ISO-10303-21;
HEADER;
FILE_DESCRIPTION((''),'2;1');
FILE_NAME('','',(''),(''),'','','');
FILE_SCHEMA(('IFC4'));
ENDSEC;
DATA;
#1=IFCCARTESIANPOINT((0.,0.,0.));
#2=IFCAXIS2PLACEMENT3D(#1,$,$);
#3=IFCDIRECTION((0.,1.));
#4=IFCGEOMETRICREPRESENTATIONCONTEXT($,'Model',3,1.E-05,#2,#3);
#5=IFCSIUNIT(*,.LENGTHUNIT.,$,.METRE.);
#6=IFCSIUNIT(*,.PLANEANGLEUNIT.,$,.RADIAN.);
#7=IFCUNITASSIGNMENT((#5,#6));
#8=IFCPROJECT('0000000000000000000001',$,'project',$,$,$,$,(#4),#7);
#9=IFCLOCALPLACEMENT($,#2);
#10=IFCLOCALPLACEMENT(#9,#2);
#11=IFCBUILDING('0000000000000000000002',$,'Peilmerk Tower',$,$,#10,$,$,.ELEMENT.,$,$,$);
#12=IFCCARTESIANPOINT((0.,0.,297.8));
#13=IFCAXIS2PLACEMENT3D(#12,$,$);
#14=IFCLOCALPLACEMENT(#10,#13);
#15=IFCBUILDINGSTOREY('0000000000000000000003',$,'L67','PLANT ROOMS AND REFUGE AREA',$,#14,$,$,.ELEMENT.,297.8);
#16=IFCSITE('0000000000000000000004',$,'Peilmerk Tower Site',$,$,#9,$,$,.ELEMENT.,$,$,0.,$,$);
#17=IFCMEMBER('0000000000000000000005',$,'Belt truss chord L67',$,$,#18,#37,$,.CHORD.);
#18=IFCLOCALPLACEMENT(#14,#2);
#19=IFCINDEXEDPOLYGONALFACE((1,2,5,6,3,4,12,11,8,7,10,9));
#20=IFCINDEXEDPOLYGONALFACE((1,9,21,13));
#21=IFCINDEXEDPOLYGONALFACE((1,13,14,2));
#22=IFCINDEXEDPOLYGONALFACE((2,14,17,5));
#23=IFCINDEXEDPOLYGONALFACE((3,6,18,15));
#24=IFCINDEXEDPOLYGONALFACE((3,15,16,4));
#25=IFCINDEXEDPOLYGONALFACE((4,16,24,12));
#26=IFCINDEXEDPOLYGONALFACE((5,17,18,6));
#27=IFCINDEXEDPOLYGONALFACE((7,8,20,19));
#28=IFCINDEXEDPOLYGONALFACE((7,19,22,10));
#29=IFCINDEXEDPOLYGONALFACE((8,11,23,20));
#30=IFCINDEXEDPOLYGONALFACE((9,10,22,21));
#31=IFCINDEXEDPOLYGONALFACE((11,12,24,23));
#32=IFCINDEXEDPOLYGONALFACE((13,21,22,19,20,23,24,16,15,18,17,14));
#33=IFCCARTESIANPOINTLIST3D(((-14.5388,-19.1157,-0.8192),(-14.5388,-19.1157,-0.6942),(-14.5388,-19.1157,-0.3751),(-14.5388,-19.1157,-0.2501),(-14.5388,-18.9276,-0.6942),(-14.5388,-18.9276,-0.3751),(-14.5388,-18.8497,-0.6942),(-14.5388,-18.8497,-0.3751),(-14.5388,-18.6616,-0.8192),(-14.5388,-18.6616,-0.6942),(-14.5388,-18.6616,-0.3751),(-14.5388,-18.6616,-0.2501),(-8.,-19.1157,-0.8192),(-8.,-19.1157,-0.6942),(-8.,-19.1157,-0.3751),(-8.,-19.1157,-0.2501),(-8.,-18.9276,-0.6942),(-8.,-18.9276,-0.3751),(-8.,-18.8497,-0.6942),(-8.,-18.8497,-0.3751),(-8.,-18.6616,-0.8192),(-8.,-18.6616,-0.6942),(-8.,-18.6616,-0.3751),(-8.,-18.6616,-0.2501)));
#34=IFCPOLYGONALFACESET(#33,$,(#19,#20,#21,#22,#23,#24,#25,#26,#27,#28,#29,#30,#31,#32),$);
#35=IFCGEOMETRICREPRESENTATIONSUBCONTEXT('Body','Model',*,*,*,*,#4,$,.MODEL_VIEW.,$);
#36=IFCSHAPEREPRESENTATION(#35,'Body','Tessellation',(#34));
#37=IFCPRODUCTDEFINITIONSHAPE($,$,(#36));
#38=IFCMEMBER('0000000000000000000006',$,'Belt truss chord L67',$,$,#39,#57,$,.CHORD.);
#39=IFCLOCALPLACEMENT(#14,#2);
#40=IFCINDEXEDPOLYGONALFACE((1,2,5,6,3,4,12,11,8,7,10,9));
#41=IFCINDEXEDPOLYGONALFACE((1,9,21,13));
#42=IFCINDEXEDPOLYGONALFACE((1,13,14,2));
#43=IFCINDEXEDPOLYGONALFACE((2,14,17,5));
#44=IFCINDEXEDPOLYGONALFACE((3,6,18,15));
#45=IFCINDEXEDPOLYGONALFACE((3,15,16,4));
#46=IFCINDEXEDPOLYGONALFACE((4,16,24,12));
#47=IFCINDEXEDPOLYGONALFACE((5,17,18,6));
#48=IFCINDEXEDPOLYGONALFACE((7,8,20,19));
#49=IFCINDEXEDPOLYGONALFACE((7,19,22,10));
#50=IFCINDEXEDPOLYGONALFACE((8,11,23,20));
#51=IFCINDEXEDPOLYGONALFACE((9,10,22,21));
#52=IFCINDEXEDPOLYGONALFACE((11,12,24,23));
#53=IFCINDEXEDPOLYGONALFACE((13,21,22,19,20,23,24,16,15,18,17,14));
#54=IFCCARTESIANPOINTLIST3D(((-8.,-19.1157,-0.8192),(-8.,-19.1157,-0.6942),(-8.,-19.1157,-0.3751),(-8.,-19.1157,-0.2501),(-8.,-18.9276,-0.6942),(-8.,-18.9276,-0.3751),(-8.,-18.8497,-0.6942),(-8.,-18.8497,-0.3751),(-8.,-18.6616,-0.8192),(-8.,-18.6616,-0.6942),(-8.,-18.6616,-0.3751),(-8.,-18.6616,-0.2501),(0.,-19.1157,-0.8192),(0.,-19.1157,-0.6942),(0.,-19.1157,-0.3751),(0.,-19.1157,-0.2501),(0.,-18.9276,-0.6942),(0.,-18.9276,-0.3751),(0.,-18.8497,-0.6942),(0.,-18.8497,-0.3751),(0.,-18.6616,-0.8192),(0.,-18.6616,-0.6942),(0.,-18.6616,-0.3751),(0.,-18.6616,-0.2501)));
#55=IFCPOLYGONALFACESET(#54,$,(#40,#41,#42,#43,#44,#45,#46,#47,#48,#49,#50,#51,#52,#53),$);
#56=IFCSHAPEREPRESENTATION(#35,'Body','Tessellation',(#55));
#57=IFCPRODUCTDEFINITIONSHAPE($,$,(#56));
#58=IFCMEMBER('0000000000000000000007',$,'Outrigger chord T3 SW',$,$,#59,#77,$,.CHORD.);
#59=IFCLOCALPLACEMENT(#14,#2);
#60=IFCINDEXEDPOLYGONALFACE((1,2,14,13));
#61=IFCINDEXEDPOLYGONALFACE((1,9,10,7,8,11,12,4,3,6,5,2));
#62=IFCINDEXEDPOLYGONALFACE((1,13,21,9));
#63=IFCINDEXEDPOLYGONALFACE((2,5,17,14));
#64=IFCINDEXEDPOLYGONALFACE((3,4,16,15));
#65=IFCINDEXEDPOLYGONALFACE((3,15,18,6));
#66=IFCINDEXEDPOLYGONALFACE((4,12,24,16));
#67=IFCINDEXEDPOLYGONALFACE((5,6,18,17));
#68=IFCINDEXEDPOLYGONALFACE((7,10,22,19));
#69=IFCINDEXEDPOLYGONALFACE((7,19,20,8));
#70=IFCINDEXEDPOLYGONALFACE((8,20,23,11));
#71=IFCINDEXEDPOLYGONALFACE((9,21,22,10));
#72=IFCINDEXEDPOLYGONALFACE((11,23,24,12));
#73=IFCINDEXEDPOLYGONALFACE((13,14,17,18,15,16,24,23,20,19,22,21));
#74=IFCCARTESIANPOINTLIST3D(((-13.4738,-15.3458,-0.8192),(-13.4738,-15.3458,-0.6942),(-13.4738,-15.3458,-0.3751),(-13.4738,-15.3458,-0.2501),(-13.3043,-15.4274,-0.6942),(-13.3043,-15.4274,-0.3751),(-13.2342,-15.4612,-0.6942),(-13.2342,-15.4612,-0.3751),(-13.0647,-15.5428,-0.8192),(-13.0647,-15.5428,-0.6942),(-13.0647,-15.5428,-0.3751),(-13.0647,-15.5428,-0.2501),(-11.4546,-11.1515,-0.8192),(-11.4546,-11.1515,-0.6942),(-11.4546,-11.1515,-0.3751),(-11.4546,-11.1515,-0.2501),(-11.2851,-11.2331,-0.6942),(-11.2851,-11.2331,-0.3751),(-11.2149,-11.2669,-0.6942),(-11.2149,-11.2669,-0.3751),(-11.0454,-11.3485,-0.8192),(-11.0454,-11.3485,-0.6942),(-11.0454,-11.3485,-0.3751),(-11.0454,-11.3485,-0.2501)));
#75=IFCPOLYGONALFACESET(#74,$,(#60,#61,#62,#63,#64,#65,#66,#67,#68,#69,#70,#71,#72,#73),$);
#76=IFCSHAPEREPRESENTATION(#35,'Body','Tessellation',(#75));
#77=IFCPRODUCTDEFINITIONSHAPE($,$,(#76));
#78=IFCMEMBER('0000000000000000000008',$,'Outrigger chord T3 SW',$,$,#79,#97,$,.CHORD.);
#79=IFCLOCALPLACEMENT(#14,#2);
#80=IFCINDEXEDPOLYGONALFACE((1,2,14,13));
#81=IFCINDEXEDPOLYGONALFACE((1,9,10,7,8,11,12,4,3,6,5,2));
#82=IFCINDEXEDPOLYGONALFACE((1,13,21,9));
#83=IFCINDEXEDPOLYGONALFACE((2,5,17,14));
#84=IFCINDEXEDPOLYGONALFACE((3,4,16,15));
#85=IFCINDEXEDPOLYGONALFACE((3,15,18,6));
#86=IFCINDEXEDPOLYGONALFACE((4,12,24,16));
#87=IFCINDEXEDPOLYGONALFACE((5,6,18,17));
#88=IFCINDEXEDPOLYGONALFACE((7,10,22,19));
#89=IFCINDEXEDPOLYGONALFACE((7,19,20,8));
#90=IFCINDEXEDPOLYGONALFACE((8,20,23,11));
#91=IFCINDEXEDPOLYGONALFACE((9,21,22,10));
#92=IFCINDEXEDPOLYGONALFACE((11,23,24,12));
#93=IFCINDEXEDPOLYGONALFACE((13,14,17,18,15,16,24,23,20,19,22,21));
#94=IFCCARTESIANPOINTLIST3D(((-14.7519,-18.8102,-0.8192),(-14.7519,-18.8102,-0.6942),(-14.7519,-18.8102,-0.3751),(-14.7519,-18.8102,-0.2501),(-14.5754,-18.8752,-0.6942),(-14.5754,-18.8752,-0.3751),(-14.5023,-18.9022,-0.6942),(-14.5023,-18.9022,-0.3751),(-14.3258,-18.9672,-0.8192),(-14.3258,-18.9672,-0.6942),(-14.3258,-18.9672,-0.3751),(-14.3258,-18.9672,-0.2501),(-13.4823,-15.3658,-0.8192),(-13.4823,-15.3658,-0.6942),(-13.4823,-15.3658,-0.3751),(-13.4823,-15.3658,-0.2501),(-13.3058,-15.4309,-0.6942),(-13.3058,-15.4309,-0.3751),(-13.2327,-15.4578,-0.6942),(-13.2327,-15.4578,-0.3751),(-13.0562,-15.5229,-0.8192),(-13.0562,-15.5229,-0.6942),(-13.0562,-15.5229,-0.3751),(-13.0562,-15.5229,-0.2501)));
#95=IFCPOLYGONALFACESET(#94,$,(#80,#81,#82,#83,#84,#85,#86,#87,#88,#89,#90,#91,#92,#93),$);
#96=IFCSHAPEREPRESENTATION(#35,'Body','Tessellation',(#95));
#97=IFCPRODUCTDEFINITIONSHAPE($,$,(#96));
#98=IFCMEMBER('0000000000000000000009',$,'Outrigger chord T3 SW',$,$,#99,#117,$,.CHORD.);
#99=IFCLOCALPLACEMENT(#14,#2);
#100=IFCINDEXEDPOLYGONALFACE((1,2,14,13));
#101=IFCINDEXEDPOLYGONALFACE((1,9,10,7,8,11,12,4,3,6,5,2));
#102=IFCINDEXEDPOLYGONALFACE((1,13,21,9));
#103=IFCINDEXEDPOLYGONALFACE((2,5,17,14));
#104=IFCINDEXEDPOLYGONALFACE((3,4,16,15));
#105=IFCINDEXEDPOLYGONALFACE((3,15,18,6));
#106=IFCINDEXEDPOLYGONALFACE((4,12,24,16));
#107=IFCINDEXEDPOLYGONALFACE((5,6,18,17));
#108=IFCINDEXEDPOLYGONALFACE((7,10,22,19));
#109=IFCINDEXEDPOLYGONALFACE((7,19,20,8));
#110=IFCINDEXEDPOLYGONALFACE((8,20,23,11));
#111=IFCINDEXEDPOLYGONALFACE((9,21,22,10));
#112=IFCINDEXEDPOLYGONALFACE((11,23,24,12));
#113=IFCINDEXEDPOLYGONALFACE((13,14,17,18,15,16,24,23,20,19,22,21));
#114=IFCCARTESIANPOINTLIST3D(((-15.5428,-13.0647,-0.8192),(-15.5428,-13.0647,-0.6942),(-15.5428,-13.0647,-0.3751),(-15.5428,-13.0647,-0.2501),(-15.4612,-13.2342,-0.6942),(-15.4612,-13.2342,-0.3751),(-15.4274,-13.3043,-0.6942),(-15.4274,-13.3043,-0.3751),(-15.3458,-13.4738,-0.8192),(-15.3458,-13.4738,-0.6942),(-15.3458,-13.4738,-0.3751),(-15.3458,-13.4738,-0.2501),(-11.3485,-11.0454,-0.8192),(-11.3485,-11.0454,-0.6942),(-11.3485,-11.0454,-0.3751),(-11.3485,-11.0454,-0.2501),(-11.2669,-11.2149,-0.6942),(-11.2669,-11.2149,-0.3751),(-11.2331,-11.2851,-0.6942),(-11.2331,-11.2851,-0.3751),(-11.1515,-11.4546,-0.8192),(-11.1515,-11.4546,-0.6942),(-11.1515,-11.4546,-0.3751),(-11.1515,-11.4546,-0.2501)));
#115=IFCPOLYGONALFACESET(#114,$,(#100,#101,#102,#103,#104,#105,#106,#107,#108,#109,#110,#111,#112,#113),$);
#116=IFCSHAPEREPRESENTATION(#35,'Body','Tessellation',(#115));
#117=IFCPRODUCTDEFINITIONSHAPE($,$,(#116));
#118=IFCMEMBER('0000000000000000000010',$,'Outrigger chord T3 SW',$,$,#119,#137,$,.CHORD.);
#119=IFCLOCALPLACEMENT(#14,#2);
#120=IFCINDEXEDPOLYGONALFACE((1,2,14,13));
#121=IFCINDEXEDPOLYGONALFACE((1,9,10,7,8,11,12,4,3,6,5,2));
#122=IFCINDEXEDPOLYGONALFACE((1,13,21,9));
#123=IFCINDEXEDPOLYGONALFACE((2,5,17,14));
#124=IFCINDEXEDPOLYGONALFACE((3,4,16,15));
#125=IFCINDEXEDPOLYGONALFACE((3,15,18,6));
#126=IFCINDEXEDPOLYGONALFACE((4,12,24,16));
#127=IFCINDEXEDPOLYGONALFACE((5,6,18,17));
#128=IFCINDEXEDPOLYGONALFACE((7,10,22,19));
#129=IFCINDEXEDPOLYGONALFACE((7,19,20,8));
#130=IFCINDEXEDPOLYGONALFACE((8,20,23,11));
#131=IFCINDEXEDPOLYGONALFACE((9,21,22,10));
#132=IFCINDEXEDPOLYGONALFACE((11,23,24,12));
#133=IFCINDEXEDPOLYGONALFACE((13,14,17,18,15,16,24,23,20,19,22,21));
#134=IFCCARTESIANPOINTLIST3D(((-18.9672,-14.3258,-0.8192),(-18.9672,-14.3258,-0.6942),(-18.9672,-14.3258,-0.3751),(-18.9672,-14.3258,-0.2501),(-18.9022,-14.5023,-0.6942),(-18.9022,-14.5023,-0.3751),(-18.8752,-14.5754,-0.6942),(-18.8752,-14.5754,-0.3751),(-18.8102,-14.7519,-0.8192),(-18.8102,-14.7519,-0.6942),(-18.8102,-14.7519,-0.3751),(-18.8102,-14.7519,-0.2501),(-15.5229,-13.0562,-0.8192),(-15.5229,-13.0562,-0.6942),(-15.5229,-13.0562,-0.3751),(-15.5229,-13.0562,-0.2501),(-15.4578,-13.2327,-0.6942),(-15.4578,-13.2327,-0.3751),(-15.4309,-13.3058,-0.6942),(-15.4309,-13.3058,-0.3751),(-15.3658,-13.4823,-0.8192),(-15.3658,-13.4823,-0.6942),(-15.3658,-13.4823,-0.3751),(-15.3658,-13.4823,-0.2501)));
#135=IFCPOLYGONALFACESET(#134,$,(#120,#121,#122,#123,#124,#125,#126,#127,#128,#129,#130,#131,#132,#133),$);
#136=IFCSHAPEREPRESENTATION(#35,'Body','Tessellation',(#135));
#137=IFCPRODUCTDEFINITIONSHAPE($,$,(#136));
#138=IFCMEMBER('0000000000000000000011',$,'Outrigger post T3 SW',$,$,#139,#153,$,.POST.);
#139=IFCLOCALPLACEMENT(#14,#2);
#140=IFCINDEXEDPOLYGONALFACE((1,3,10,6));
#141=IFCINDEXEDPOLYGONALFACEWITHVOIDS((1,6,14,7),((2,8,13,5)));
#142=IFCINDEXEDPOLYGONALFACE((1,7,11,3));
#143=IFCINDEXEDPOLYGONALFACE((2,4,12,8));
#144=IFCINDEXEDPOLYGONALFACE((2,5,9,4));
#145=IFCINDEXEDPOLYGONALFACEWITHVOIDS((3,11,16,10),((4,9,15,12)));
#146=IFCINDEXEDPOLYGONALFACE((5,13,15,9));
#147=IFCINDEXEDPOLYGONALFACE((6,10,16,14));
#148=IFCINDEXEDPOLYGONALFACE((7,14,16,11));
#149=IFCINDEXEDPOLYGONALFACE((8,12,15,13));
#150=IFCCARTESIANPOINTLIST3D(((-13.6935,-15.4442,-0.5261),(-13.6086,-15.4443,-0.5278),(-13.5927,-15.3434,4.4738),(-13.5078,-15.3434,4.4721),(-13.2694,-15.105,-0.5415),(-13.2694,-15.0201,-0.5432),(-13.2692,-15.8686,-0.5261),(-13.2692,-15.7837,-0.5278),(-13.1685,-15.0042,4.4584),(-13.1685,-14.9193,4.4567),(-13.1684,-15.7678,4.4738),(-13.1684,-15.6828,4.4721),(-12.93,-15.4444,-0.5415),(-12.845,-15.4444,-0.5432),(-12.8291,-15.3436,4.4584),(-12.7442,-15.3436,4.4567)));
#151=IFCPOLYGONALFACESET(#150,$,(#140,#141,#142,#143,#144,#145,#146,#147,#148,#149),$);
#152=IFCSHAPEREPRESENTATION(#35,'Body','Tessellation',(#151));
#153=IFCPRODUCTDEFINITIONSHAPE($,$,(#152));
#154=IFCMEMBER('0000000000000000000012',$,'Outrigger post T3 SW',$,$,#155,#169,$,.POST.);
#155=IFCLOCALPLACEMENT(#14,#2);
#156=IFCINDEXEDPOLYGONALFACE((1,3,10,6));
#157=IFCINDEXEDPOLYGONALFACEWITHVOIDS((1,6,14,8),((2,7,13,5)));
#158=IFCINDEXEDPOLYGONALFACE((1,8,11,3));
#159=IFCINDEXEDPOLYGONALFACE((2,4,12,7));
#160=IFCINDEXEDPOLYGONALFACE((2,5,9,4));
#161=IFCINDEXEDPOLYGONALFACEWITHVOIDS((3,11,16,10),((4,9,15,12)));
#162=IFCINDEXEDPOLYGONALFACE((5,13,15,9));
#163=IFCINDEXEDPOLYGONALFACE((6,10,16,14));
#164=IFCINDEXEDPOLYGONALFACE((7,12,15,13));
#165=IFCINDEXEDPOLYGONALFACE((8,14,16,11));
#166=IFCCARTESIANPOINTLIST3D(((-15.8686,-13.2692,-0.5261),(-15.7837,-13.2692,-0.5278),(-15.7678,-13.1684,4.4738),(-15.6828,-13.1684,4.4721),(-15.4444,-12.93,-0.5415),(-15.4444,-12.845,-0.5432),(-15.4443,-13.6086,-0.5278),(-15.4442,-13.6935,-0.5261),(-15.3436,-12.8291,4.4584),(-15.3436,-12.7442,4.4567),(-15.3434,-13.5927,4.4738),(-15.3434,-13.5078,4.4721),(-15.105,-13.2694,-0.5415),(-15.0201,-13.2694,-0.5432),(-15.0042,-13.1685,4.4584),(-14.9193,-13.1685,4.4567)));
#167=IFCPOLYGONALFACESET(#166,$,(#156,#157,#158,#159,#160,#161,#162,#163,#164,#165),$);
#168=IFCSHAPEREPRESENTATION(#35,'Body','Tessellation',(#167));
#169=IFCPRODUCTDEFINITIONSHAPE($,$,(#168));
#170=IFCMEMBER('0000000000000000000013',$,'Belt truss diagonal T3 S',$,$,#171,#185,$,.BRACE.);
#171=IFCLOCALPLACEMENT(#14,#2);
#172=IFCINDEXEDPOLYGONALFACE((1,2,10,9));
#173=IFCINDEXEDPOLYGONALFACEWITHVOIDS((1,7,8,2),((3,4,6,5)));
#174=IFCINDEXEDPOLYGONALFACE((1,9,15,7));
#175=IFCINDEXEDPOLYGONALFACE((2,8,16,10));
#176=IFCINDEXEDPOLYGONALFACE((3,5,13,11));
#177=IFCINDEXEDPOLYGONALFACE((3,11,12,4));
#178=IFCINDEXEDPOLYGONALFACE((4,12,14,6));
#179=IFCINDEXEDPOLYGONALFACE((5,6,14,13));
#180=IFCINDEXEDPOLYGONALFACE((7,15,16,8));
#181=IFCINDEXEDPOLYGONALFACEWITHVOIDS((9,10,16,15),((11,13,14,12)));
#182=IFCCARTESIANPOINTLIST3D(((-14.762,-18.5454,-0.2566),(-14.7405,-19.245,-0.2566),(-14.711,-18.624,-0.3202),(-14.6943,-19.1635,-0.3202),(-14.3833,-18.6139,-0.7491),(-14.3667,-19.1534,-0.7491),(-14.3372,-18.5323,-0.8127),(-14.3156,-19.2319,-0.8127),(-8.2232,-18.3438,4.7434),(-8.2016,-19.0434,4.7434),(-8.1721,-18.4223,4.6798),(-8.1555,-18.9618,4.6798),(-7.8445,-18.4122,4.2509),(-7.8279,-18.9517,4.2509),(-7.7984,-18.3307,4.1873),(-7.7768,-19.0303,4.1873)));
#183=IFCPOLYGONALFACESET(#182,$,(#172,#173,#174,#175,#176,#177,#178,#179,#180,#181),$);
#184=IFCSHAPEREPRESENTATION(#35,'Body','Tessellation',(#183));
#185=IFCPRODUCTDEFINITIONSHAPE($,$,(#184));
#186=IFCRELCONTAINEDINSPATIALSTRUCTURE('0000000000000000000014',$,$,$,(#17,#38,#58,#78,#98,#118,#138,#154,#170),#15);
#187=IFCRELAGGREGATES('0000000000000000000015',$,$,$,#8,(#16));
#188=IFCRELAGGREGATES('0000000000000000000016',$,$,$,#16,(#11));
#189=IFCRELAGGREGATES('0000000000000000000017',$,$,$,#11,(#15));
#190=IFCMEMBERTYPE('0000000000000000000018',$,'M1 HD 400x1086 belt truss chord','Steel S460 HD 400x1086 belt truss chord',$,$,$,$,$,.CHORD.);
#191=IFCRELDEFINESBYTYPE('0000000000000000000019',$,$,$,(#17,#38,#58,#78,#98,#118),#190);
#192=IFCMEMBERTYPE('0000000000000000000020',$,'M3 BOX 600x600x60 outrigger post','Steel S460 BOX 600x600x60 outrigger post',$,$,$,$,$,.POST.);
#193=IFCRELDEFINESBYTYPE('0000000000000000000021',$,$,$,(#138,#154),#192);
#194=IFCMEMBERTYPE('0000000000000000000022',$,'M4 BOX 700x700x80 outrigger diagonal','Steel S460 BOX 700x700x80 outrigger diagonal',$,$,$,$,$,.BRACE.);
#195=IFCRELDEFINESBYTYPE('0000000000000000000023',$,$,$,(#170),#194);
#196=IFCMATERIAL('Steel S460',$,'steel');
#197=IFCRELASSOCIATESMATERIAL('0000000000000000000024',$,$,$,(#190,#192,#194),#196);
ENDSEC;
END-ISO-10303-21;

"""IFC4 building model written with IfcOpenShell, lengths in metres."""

from ifc_helpers import new_model, si_unit, direction, frame, origin, origin_2d, place, context, subcontext, project, spatial, hollow_rectangle, i_section, extrude, material, material_profile, profile_set, type_object, element, save


model = new_model("IFC4")

# Units and contexts
model_context = context("Model", 3, precision=1e-05, world=origin(), true_north=direction((0.0, 1.0)))
body_context = subcontext(model_context, "Body", "Model", "MODEL_VIEW")
ifc_project = project(units=[si_unit("LENGTHUNIT", "METRE"), si_unit("PLANEANGLEUNIT", "RADIAN")], contexts=[model_context])

# Site, building, storey
site_placement = place(None, origin())
site = spatial("IfcSite", under=ifc_project, at=site_placement, Name="Peilmerk Tower Site", CompositionType="ELEMENT", RefElevation=0.0)
building_placement = place(site_placement, origin())
building = spatial("IfcBuilding", under=site, at=building_placement, Name="Peilmerk Tower", CompositionType="ELEMENT")
storey_placement = place(building_placement, frame((0.0, 0.0, 297.8)))
storey = spatial("IfcBuildingStorey", under=building, at=storey_placement, Name="L67", Description="PLANT ROOMS AND REFUGE AREA", CompositionType="ELEMENT", Elevation=297.8)

# Shared definitions
ifc_material_1 = material(Name="Steel S460", Category="steel")

# Members
ifc_material_profile_1 = material_profile(ifc_material_1, i_section(OverallWidth=0.4541, OverallDepth=0.5691, WebThickness=0.0779, FlangeThickness=0.125, at=origin_2d()), Name="HD 400x1086")
ifc_profile_set_1 = profile_set([ifc_material_profile_1], Name="Steel S460")
member_type_1 = type_object("IfcMemberType", Name="M1 HD 400x1086 belt truss chord", Description="Steel S460 HD 400x1086 belt truss chord", PredefinedType="CHORD", material=ifc_profile_set_1)
member_1_placement = place(storey_placement, frame((-14.5388, -18.8887, -0.5347), z_axis=(1.0, 0.0, 0.0), x_axis=(0.0, 1.0, 0.0)))
element("IfcMember", 1, at=member_1_placement, inside=storey, type_object=member_type_1, Name="Belt truss chord L67", PredefinedType="CHORD", context=body_context, shape_type="SweptSolid", body=[
    extrude(i_section(OverallWidth=0.4541, OverallDepth=0.5691, WebThickness=0.0779, FlangeThickness=0.125, at=origin_2d()), origin(), (0.0, 0.0, 1.0), 6.5388),
])
member_2_placement = place(storey_placement, frame((-8.0, -18.8887, -0.5347), z_axis=(1.0, 0.0, 0.0), x_axis=(0.0, 1.0, 0.0)))
element("IfcMember", 2, at=member_2_placement, inside=storey, type_object=member_type_1, Name="Belt truss chord L67", PredefinedType="CHORD", context=body_context, shape_type="SweptSolid", body=[
    extrude(i_section(OverallWidth=0.4541, OverallDepth=0.5691, WebThickness=0.0779, FlangeThickness=0.125, at=origin_2d()), origin(), (0.0, 0.0, 1.0), 8.0),
])
member_3_placement = place(storey_placement, frame((-11.25, -11.25, -0.5347), z_axis=(-0.433779, -0.901019, 0.0), x_axis=(0.901019, -0.433779, 0.0)))
element("IfcMember", 3, at=member_3_placement, inside=storey, type_object=member_type_1, Name="Outrigger chord T3 SW", PredefinedType="CHORD", context=body_context, shape_type="SweptSolid", body=[
    extrude(i_section(OverallWidth=0.4541, OverallDepth=0.5691, WebThickness=0.0779, FlangeThickness=0.125, at=origin_2d()), origin(), (0.0, 0.0, 1.0), 4.655),
])
member_4_placement = place(storey_placement, frame((-13.2693, -15.4443, -0.5347), z_axis=(-0.345841, -0.938293, 0.0), x_axis=(0.938293, -0.345841, 0.0)))
element("IfcMember", 4, at=member_4_placement, inside=storey, type_object=member_type_1, Name="Outrigger chord T3 SW", PredefinedType="CHORD", context=body_context, shape_type="SweptSolid", body=[
    extrude(i_section(OverallWidth=0.4541, OverallDepth=0.5691, WebThickness=0.0779, FlangeThickness=0.125, at=origin_2d()), origin(), (0.0, 0.0, 1.0), 3.6709),
])
member_5_placement = place(storey_placement, frame((-11.25, -11.25, -0.5347), z_axis=(-0.901019, -0.433779, 0.0), x_axis=(0.433779, -0.901019, 0.0)))
element("IfcMember", 5, at=member_5_placement, inside=storey, type_object=member_type_1, Name="Outrigger chord T3 SW", PredefinedType="CHORD", context=body_context, shape_type="SweptSolid", body=[
    extrude(i_section(OverallWidth=0.4541, OverallDepth=0.5691, WebThickness=0.0779, FlangeThickness=0.125, at=origin_2d()), origin(), (0.0, 0.0, 1.0), 4.655),
])
member_6_placement = place(storey_placement, frame((-15.4443, -13.2693, -0.5347), z_axis=(-0.938293, -0.345841, 0.0), x_axis=(0.345841, -0.938293, 0.0)))
element("IfcMember", 6, at=member_6_placement, inside=storey, type_object=member_type_1, Name="Outrigger chord T3 SW", PredefinedType="CHORD", context=body_context, shape_type="SweptSolid", body=[
    extrude(i_section(OverallWidth=0.4541, OverallDepth=0.5691, WebThickness=0.0779, FlangeThickness=0.125, at=origin_2d()), origin(), (0.0, 0.0, 1.0), 3.6709),
])
ifc_material_profile_2 = material_profile(ifc_material_1, hollow_rectangle(XDim=0.6001, YDim=0.6001, WallThickness=0.0601, at=origin_2d()), Name="BOX 600x600x60")
ifc_profile_set_2 = profile_set([ifc_material_profile_2], Name="Steel S460")
member_type_2 = type_object("IfcMemberType", Name="M3 BOX 600x600x60 outrigger post", Description="Steel S460 BOX 600x600x60 outrigger post", PredefinedType="POST", material=ifc_profile_set_2)
for number, where, z_axis, x_axis, name in (
    (7, (-13.2693, -15.4443, -0.5347), (0.020158, 0.020158, 0.999594), (-0.707107, 0.707107, 0.0), "Outrigger post T3 SW"),
    (8, (-15.4443, -13.2693, -0.5347), (0.020158, 0.020158, 0.999594), (-0.707107, 0.707107, 0.0), "Outrigger post T3 SW"),
):
    element("IfcMember", number, at=place(storey_placement, frame(where, z_axis=z_axis, x_axis=x_axis)), inside=storey, type_object=member_type_2, Name=name, PredefinedType="POST", context=body_context, shape_type="SweptSolid", body=[
        extrude(hollow_rectangle(XDim=0.6001, YDim=0.6001, WallThickness=0.0601, at=origin_2d()), origin(), (0.0, 0.0, 1.0), 5.002),
    ])
ifc_material_profile_3 = material_profile(ifc_material_1, hollow_rectangle(XDim=0.7, YDim=0.7, WallThickness=0.0801, at=origin_2d()), Name="BOX 700x700x80")
ifc_profile_set_3 = profile_set([ifc_material_profile_3], Name="Steel S460")
member_type_3 = type_object("IfcMemberType", Name="M4 BOX 700x700x80 outrigger diagonal", Description="Steel S460 BOX 700x700x80 outrigger diagonal", PredefinedType="BRACE", material=ifc_profile_set_3)
member_7_placement = place(storey_placement, frame((-14.5388, -18.8887, -0.5347), z_axis=(0.794136, 0.024492, 0.607247), x_axis=(-0.030826, 0.999525, 0.0)))
element("IfcMember", 9, at=member_7_placement, inside=storey, type_object=member_type_3, Name="Belt truss diagonal T3 S", PredefinedType="BRACE", context=body_context, shape_type="SweptSolid", body=[
    extrude(hollow_rectangle(XDim=0.7, YDim=0.7, WallThickness=0.0801, at=origin_2d()), origin(), (0.0, 0.0, 1.0), 8.2339),
])

save(model, "model.ifc")
